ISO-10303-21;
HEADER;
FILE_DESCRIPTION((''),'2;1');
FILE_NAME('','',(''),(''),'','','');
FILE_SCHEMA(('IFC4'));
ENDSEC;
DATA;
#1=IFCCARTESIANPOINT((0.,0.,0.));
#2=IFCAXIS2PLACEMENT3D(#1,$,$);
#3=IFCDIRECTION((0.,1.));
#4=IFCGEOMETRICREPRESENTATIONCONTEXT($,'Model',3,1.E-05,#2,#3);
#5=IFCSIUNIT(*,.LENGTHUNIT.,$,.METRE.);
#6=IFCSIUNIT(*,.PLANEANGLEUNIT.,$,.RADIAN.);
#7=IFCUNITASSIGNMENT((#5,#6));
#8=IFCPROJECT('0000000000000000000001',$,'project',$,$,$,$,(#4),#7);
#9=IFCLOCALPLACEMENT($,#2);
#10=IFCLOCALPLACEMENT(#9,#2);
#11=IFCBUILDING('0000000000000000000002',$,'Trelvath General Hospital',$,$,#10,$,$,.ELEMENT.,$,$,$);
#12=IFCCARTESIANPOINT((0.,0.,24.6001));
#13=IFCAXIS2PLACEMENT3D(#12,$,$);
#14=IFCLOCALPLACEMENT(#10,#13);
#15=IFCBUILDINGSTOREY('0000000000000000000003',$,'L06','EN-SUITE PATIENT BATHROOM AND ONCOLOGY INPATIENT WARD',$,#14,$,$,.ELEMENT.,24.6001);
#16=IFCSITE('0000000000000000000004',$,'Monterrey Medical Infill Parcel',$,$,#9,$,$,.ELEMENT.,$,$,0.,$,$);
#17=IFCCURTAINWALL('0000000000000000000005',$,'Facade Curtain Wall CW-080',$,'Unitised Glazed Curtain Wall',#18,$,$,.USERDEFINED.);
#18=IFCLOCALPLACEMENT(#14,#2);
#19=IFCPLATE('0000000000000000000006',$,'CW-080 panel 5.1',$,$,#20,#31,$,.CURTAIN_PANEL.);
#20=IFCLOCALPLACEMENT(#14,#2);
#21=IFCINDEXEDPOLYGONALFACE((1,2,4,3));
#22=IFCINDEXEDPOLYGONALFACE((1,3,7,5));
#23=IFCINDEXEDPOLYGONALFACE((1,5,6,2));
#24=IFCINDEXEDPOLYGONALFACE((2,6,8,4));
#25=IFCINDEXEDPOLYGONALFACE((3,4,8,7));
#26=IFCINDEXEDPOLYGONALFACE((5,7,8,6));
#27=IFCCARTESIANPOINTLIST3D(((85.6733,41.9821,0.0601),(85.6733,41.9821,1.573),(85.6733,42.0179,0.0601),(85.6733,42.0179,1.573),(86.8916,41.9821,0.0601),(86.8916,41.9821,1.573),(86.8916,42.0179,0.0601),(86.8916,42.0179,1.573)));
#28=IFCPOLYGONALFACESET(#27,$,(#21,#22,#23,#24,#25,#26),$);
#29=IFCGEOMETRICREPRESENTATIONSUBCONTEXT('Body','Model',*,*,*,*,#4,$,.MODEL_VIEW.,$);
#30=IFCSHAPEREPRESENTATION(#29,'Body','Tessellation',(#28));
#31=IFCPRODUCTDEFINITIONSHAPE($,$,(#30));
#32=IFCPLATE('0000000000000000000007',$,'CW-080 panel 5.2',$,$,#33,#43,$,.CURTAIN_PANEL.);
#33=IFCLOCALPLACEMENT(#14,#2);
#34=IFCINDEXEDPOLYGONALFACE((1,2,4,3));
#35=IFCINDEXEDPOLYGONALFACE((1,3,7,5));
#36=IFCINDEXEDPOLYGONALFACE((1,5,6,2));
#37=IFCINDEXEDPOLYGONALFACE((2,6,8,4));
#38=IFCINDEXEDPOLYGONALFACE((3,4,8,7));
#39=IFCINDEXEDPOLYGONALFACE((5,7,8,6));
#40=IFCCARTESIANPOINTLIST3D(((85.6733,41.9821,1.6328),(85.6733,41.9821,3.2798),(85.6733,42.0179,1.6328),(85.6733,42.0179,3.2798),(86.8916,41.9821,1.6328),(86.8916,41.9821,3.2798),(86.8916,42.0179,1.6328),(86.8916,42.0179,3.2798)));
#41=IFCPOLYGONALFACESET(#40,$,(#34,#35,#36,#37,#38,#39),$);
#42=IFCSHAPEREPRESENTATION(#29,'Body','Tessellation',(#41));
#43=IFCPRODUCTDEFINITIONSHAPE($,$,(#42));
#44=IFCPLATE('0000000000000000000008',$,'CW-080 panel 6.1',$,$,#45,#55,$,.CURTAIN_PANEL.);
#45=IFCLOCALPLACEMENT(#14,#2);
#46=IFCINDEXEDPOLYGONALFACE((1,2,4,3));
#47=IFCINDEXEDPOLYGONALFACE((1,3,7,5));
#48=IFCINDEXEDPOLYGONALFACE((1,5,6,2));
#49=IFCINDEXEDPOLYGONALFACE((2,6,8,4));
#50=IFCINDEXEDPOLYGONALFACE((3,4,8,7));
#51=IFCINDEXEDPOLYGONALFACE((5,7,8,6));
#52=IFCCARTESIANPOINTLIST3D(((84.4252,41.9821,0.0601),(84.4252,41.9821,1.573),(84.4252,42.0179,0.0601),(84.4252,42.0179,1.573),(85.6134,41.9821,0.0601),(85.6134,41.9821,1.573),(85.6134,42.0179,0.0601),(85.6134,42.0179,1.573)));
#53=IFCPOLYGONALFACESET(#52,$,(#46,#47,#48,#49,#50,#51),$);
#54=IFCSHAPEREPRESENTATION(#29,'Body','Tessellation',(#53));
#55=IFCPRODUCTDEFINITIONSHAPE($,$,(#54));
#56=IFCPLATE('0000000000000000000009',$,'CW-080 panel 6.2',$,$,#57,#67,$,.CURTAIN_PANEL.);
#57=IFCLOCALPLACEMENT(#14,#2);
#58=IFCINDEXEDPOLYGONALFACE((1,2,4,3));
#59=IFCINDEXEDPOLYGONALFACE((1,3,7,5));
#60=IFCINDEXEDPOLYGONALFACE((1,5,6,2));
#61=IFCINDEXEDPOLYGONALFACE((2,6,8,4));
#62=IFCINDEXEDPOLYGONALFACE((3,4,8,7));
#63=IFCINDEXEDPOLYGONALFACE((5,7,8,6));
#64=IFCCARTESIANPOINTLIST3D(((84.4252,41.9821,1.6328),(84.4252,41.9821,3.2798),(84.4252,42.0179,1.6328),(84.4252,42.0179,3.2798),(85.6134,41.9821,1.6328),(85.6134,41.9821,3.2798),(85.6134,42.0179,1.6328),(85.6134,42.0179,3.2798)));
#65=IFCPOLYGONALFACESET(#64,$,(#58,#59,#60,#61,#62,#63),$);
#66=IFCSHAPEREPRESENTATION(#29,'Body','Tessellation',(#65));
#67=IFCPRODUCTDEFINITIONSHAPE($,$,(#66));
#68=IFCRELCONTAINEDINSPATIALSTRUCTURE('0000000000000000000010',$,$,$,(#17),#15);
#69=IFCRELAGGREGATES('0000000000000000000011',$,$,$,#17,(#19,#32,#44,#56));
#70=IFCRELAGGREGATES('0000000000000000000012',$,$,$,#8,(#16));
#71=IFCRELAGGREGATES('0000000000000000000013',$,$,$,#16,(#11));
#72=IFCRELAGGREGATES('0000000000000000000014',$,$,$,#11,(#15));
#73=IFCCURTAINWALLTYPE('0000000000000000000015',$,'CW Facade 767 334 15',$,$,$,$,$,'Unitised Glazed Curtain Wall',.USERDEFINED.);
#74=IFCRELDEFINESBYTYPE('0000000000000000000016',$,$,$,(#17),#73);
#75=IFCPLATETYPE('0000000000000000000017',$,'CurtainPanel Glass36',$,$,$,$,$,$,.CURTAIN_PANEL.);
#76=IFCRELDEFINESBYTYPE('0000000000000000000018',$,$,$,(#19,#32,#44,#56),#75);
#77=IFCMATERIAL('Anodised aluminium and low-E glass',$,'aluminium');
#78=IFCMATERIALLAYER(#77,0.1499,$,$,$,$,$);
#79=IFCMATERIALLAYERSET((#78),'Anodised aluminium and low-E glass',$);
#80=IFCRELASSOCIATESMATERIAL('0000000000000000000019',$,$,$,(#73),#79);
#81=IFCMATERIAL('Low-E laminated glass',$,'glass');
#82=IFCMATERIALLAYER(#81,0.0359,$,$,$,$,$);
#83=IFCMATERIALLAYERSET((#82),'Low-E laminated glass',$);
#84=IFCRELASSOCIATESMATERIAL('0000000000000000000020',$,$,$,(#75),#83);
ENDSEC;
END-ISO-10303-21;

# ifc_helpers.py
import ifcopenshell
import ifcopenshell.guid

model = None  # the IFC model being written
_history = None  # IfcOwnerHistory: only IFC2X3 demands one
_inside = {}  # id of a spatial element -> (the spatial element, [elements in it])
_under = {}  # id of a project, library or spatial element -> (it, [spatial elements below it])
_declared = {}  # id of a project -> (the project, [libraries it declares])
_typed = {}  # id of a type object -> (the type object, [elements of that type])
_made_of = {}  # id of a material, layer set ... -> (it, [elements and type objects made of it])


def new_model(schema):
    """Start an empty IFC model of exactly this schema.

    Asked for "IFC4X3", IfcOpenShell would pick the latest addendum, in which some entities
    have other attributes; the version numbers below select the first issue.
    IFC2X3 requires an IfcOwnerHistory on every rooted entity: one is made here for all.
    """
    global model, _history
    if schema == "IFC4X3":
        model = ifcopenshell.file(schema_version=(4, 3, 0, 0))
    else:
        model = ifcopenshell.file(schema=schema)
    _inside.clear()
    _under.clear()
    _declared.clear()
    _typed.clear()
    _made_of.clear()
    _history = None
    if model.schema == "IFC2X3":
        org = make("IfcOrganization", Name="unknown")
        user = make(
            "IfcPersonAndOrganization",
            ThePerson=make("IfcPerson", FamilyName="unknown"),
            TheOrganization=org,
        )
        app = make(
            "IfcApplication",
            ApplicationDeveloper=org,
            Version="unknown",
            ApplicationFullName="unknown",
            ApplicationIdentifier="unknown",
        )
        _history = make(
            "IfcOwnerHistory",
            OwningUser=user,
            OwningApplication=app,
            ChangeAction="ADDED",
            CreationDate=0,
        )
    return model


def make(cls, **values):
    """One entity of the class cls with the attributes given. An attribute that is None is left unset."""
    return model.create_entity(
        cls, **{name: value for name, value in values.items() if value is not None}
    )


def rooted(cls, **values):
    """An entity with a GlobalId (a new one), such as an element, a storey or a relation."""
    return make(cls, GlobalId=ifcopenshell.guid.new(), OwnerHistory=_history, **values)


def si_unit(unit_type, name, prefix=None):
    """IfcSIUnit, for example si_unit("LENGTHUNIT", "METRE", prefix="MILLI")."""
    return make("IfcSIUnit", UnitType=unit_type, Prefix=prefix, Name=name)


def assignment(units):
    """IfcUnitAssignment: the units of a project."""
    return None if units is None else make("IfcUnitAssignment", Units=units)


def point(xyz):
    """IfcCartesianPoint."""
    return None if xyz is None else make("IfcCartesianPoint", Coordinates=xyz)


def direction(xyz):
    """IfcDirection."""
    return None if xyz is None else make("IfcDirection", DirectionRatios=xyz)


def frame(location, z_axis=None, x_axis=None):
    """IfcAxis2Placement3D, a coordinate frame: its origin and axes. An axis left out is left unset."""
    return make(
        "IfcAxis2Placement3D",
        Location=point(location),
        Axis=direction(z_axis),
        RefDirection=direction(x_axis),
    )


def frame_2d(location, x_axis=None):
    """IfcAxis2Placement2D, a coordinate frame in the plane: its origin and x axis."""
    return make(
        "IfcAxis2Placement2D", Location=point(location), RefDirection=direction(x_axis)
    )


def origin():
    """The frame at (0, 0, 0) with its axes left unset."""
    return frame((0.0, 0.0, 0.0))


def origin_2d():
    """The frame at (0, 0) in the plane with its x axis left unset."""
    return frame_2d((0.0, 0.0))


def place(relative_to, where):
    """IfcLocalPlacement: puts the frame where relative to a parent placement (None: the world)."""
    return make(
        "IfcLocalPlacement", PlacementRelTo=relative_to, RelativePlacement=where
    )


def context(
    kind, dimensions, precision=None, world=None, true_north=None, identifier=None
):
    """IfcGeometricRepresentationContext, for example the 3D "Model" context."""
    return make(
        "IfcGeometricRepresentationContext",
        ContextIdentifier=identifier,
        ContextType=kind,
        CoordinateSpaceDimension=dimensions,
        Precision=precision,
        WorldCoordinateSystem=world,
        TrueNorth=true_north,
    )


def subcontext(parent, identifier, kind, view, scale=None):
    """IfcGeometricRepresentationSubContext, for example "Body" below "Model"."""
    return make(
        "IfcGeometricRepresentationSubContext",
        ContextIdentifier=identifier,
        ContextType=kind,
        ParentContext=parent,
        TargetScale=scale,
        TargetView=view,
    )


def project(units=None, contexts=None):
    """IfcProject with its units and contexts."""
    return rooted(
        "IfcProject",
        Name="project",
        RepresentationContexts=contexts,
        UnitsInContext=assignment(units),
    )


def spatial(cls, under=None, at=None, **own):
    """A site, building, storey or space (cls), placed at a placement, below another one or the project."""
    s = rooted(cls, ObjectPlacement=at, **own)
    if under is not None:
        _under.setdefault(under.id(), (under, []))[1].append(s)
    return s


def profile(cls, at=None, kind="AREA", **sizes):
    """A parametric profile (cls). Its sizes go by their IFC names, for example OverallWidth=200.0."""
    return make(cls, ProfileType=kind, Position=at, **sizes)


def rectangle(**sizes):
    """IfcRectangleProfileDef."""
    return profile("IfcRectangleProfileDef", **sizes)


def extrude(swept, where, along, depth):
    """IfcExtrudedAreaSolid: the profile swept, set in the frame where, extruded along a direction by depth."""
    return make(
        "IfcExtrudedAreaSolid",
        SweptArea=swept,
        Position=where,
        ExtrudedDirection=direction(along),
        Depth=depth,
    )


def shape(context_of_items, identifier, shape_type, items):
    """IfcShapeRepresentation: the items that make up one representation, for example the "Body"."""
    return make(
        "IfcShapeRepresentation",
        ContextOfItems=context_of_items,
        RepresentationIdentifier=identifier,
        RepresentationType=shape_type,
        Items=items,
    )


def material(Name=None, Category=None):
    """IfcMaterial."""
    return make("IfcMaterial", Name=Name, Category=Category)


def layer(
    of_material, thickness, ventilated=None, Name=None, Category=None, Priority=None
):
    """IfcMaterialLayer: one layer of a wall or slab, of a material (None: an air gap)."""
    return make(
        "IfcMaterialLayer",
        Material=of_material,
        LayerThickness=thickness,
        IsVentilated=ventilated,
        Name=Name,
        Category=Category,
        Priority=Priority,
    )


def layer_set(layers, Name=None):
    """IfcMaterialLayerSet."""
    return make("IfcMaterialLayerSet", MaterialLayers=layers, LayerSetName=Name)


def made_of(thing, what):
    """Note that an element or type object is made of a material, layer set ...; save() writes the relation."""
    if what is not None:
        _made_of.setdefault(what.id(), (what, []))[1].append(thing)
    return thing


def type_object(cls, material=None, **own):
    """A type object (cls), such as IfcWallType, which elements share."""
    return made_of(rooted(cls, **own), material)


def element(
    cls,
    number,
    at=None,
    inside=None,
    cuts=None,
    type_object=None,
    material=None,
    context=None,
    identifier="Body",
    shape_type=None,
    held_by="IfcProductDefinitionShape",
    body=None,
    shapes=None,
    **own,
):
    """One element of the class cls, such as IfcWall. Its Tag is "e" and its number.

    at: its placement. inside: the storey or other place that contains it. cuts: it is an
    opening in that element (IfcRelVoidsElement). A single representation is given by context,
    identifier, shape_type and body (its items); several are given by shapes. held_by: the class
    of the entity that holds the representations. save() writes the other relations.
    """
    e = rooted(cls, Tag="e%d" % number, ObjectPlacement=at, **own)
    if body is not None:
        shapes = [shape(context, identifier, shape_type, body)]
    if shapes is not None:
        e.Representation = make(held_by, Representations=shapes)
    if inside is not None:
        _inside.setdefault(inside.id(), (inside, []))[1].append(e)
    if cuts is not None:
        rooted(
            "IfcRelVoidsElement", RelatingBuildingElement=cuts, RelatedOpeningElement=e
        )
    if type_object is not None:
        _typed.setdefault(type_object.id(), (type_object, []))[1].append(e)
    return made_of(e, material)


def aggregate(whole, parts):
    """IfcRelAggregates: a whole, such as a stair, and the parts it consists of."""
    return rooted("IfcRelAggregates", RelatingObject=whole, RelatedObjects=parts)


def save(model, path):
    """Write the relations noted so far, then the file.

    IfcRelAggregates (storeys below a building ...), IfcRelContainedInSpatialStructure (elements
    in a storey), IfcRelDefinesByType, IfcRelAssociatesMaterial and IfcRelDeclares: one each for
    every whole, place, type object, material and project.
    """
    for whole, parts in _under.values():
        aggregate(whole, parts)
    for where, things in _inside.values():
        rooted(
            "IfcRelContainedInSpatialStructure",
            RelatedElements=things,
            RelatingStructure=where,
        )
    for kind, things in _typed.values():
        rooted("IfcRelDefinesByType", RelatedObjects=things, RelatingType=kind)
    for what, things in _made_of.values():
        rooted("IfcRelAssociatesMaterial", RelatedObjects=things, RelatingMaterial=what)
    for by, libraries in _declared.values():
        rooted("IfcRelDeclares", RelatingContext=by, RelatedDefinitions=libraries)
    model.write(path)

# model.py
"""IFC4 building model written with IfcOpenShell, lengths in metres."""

from ifc_helpers import new_model, si_unit, direction, frame, origin, origin_2d, place, context, subcontext, project, spatial, rectangle, extrude, material, layer, layer_set, type_object, element, aggregate, save


model = new_model("IFC4")

# Units and contexts
model_context = context("Model", 3, precision=1e-05, world=origin(), true_north=direction((0.0, 1.0)))
body_context = subcontext(model_context, "Body", "Model", "MODEL_VIEW")
ifc_project = project(units=[si_unit("LENGTHUNIT", "METRE"), si_unit("PLANEANGLEUNIT", "RADIAN")], contexts=[model_context])

# Site, building, storey
site_placement = place(None, origin())
site = spatial("IfcSite", under=ifc_project, at=site_placement, Name="Monterrey Medical Infill Parcel", CompositionType="ELEMENT", RefElevation=0.0)
building_placement = place(site_placement, origin())
building = spatial("IfcBuilding", under=site, at=building_placement, Name="Trelvath General Hospital", CompositionType="ELEMENT")
storey_placement = place(building_placement, frame((0.0, 0.0, 24.6001)))
storey = spatial("IfcBuildingStorey", under=building, at=storey_placement, Name="L06", Description="EN-SUITE PATIENT BATHROOM AND ONCOLOGY INPATIENT WARD", CompositionType="ELEMENT", Elevation=24.6001)

# Shared definitions
ifc_material_1 = material(Name="Anodised aluminium and low-E glass", Category="aluminium")
ifc_layer_1 = layer(ifc_material_1, 0.1499)
ifc_layer_set_1 = layer_set([ifc_layer_1], Name="Anodised aluminium and low-E glass")
curtain_wall_type = type_object("IfcCurtainWallType", Name="CW Facade 767 334 15", ElementType="Unitised Glazed Curtain Wall", PredefinedType="USERDEFINED", material=ifc_layer_set_1)

# Curtain wall
curtain_wall_1_placement = place(storey_placement, origin())
curtain_wall_1 = element("IfcCurtainWall", 1, at=curtain_wall_1_placement, inside=storey, type_object=curtain_wall_type, Name="Facade Curtain Wall CW-080", ObjectType="Unitised Glazed Curtain Wall", PredefinedType="USERDEFINED")

# Plates
ifc_material_2 = material(Name="Low-E laminated glass", Category="glass")
ifc_layer_2 = layer(ifc_material_2, 0.0359)
ifc_layer_set_2 = layer_set([ifc_layer_2], Name="Low-E laminated glass")
plate_type = type_object("IfcPlateType", Name="CurtainPanel Glass36", PredefinedType="CURTAIN_PANEL", material=ifc_layer_set_2)
plate_1_placement = place(storey_placement, frame((86.2825, 42.0, 0.0601), z_axis=(0.0, 0.0, 1.0), x_axis=(-1.0, 0.0, 0.0)))
plate_1 = element("IfcPlate", 2, at=plate_1_placement, type_object=plate_type, Name="CW-080 panel 5.1", PredefinedType="CURTAIN_PANEL", context=body_context, shape_type="SweptSolid", body=[
    extrude(rectangle(XDim=1.2183, YDim=0.0359, at=origin_2d()), origin(), (0.0, 0.0, 1.0), 1.5129),
])
plate_2_placement = place(storey_placement, frame((86.2825, 42.0, 1.6328), z_axis=(0.0, 0.0, 1.0), x_axis=(-1.0, 0.0, 0.0)))
plate_2 = element("IfcPlate", 3, at=plate_2_placement, type_object=plate_type, Name="CW-080 panel 5.2", PredefinedType="CURTAIN_PANEL", context=body_context, shape_type="SweptSolid", body=[
    extrude(rectangle(XDim=1.2183, YDim=0.0359, at=origin_2d()), origin(), (0.0, 0.0, 1.0), 1.647),
])
plate_3_placement = place(storey_placement, frame((85.0193, 42.0, 0.0601), z_axis=(0.0, 0.0, 1.0), x_axis=(-1.0, 0.0, 0.0)))
plate_3 = element("IfcPlate", 4, at=plate_3_placement, type_object=plate_type, Name="CW-080 panel 6.1", PredefinedType="CURTAIN_PANEL", context=body_context, shape_type="SweptSolid", body=[
    extrude(rectangle(XDim=1.1882, YDim=0.0359, at=origin_2d()), origin(), (0.0, 0.0, 1.0), 1.5129),
])
plate_4_placement = place(storey_placement, frame((85.0193, 42.0, 1.6328), z_axis=(0.0, 0.0, 1.0), x_axis=(-1.0, 0.0, 0.0)))
plate_4 = element("IfcPlate", 5, at=plate_4_placement, type_object=plate_type, Name="CW-080 panel 6.2", PredefinedType="CURTAIN_PANEL", context=body_context, shape_type="SweptSolid", body=[
    extrude(rectangle(XDim=1.1882, YDim=0.0359, at=origin_2d()), origin(), (0.0, 0.0, 1.0), 1.647),
])
aggregate(curtain_wall_1, [plate_1, plate_2, plate_3, plate_4])

save(model, "model.ifc")
